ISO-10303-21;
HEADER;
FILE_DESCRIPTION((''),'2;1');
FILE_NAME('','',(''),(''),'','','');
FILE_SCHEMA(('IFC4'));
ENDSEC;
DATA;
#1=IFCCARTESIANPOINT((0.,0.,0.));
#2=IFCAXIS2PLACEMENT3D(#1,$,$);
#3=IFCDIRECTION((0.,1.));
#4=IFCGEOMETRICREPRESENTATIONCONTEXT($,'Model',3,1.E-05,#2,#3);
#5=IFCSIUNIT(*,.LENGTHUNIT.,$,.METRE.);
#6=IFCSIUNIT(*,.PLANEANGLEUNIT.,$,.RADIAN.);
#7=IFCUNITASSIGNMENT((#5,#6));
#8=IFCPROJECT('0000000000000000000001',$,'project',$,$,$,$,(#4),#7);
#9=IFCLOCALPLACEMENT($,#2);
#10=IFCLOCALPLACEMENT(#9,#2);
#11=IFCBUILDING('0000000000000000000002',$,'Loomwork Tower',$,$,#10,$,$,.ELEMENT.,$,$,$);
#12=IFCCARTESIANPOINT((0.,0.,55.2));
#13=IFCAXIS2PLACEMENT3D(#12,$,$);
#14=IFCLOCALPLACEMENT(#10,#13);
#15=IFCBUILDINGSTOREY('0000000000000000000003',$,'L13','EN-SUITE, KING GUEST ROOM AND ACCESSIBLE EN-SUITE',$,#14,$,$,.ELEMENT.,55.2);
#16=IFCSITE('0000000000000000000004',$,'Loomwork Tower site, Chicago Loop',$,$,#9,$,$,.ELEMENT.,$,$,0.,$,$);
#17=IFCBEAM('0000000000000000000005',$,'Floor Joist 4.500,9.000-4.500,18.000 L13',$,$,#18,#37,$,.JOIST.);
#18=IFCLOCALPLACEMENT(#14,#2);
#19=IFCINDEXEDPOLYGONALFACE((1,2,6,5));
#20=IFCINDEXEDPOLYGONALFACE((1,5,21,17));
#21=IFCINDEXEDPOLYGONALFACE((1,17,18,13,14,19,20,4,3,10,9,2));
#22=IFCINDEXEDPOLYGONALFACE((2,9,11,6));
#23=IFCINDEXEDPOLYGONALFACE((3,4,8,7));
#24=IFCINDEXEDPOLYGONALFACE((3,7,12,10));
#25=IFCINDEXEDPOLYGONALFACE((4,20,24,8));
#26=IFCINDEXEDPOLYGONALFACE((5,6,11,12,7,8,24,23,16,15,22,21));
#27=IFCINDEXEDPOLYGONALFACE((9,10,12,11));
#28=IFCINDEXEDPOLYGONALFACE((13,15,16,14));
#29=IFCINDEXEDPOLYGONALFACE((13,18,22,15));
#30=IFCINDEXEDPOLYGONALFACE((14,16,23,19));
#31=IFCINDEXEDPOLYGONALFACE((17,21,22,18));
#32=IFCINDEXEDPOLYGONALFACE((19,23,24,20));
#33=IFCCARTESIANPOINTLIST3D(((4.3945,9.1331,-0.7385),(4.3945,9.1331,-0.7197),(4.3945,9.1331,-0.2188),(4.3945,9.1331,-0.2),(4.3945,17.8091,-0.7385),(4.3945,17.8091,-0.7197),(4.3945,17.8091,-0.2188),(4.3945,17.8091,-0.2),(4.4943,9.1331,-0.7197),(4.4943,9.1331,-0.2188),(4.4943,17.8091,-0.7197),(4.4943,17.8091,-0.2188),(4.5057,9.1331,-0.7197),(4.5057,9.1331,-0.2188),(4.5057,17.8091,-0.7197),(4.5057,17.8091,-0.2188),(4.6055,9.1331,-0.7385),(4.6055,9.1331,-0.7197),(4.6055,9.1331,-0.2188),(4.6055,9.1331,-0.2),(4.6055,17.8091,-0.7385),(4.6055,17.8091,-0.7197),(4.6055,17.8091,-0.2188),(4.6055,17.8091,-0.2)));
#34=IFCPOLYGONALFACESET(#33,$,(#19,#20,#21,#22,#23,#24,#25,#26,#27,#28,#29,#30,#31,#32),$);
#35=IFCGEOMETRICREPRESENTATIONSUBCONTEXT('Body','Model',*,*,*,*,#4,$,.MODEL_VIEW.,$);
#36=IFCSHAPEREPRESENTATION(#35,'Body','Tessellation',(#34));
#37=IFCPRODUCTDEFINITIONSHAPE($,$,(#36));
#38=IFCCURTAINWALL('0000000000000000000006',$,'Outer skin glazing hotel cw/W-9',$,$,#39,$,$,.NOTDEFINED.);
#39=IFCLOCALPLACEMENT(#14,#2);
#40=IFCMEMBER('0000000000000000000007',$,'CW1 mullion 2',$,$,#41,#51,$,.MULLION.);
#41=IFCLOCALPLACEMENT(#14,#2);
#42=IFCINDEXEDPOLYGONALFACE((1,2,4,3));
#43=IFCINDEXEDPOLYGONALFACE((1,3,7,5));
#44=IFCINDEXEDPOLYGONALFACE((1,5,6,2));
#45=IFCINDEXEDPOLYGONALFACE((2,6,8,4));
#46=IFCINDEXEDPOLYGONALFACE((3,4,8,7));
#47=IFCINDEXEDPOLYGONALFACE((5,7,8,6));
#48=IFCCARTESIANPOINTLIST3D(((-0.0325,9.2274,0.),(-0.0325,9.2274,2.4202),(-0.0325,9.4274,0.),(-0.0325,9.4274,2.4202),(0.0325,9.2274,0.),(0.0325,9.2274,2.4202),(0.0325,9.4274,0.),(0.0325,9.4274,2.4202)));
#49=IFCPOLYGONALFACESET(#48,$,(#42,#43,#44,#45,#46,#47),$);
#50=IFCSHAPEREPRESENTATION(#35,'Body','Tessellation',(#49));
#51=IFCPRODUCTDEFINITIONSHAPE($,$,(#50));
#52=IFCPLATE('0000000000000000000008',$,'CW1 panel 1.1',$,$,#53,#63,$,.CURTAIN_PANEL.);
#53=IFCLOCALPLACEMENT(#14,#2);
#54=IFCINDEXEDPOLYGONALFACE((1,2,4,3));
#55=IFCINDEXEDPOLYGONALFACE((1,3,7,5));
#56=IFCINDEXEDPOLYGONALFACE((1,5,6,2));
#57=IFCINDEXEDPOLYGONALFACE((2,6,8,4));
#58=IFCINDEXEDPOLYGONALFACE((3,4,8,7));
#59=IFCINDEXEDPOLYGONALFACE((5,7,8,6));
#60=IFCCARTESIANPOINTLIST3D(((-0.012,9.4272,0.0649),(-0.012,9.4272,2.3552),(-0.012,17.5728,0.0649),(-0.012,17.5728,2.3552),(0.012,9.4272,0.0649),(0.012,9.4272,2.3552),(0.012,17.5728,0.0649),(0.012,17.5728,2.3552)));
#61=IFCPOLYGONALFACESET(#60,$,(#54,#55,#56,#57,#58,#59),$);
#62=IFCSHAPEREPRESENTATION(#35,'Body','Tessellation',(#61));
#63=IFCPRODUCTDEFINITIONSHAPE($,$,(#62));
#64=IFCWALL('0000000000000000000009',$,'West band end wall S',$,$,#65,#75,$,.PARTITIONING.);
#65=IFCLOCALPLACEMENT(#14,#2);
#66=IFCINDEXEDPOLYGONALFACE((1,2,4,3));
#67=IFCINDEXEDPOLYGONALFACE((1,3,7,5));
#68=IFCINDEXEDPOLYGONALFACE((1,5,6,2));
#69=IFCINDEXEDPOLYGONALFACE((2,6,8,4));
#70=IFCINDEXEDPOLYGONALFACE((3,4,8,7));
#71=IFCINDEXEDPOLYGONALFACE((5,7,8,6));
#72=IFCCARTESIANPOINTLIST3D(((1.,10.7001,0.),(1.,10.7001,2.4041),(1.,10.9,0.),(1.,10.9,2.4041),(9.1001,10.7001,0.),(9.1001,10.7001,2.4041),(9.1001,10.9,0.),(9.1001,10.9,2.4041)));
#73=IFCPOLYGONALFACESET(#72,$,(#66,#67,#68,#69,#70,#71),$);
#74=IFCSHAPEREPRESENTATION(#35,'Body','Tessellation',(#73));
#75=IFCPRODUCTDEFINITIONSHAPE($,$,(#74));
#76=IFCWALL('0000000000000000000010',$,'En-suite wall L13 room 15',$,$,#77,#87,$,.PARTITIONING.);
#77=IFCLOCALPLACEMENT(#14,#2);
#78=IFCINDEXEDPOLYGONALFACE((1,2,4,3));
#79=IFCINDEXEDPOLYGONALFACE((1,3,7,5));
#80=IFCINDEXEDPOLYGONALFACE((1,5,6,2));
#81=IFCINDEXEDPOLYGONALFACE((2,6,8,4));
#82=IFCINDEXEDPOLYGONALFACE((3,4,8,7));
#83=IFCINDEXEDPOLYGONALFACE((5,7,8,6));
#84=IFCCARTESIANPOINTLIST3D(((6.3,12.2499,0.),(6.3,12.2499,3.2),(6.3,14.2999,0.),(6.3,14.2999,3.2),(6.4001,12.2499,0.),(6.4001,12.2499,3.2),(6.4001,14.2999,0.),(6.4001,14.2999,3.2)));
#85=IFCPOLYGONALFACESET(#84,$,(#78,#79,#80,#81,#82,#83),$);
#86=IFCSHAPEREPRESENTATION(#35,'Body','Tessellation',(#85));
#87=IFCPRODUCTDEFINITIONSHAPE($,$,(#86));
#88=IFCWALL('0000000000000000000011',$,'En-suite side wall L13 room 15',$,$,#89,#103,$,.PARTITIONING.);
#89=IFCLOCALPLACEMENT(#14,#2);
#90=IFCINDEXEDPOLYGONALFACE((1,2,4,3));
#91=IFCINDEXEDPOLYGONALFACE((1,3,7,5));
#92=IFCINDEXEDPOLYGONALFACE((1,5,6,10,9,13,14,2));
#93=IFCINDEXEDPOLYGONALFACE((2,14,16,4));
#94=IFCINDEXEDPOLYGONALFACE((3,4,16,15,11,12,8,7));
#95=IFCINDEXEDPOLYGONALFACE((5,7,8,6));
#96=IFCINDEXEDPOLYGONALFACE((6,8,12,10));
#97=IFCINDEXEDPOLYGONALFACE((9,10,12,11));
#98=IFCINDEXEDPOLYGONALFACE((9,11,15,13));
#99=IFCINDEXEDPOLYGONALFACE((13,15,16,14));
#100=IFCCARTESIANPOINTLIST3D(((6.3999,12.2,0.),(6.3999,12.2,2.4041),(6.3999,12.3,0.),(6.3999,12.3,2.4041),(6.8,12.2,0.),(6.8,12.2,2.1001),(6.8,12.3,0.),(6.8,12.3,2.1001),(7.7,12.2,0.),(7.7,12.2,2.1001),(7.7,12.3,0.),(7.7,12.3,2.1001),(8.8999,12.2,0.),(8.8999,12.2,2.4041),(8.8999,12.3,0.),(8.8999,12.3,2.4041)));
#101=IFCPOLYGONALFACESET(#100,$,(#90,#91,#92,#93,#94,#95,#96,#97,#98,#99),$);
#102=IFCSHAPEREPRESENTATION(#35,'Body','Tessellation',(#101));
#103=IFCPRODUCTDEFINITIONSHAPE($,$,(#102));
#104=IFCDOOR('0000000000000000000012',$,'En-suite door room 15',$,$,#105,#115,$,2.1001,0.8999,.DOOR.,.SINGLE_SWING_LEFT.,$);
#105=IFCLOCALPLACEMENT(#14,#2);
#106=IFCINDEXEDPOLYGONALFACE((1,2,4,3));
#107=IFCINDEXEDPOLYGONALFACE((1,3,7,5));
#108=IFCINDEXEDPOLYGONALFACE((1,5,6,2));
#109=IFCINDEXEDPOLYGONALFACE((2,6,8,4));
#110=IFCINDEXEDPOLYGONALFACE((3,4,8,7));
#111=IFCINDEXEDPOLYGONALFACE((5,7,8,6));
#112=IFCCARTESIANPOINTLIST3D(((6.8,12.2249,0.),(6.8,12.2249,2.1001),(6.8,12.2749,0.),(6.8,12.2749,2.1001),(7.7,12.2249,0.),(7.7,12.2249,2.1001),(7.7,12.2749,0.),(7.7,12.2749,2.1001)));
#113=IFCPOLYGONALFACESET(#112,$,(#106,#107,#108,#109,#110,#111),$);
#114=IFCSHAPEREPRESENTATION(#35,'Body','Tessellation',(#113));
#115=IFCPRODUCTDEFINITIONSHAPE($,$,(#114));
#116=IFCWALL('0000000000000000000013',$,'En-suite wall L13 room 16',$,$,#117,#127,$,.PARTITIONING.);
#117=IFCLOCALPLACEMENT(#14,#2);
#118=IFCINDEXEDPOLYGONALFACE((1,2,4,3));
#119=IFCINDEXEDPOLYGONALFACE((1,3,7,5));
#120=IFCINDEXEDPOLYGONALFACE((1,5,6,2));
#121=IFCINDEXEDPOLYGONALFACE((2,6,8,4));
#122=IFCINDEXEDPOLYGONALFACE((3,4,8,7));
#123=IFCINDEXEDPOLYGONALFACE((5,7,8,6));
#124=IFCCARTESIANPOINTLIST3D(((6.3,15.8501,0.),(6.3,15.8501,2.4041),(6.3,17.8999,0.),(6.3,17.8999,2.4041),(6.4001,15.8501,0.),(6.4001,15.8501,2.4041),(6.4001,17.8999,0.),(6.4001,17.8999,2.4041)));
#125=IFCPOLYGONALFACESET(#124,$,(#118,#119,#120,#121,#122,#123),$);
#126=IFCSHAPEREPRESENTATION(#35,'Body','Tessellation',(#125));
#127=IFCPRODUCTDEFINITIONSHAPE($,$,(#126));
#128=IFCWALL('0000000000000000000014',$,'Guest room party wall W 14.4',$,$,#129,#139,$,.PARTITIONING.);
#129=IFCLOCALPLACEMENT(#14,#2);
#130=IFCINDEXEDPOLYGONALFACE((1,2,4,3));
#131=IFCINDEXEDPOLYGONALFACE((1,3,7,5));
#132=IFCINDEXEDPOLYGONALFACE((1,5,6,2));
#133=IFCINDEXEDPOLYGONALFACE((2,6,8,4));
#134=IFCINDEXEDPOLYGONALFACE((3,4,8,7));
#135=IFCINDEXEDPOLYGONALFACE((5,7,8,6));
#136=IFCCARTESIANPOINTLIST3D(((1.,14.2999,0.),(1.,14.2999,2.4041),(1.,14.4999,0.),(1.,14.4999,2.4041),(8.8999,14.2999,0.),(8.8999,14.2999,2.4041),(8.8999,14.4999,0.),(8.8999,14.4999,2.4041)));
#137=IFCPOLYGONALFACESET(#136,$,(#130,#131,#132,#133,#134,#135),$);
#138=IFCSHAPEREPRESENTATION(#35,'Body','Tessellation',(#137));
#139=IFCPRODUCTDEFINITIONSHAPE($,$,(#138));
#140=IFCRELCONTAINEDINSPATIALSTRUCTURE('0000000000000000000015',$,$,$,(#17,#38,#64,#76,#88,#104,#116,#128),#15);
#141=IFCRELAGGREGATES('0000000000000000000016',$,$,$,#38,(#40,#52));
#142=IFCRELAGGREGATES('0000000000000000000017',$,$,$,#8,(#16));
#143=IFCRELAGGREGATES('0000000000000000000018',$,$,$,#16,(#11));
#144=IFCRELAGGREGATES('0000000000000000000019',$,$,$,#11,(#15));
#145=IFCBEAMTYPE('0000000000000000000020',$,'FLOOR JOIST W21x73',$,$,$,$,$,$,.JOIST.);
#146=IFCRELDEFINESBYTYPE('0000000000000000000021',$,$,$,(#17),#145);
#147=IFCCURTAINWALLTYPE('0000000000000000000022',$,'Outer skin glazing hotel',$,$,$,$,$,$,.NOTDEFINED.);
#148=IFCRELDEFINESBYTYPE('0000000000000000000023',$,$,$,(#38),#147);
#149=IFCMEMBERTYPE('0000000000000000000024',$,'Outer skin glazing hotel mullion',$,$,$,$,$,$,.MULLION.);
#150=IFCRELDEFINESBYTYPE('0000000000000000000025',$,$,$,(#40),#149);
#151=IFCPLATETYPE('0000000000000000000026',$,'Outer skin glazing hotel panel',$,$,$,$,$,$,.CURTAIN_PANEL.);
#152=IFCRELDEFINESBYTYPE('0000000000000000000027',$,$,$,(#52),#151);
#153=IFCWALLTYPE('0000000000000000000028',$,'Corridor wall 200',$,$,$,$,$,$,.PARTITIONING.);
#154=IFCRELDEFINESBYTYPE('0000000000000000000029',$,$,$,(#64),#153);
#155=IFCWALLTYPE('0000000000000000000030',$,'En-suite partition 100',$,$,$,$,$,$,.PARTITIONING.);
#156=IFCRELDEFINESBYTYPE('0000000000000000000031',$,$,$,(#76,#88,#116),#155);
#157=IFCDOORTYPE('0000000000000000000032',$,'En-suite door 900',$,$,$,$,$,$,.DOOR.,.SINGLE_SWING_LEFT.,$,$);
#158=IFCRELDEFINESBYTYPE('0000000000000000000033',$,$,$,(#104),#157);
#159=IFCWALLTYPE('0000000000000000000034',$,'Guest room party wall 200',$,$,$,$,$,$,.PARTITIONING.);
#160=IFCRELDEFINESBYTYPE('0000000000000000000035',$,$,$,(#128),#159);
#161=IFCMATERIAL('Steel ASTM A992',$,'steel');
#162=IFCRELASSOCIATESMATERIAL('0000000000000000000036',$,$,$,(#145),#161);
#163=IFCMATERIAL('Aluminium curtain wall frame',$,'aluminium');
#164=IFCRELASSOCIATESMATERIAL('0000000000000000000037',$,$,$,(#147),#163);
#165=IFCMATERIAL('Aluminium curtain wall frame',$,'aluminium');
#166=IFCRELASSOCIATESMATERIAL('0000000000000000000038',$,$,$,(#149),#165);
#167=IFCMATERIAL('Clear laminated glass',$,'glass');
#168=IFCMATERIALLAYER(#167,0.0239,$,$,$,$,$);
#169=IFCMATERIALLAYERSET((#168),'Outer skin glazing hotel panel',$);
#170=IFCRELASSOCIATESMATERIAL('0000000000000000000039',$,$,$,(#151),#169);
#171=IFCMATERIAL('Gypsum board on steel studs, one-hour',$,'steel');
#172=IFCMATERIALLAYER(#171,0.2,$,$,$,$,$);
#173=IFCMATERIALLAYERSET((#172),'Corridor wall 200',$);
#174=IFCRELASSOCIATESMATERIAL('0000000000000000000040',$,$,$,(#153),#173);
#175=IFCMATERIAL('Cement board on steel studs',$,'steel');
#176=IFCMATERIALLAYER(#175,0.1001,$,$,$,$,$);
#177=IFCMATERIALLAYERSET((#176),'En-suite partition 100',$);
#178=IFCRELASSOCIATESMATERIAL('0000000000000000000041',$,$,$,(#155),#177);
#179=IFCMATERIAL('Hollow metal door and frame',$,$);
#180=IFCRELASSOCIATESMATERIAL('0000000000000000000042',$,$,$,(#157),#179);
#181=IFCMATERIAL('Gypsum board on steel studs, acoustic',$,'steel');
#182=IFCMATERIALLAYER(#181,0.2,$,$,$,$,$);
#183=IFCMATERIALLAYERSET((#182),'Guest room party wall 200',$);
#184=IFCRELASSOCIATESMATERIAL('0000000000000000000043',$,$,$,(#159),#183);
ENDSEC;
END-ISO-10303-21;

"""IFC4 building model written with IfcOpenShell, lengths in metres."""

from ifc_helpers import new_model, si_unit, direction, frame, frame_2d, origin, origin_2d, place, context, subcontext, project, spatial, rectangle, i_section, extrude, material, layer, layer_set, material_profile, profile_set, type_object, element, fill, aggregate, save


model = new_model("IFC4")

# Units and contexts
model_context = context("Model", 3, precision=1e-05, world=origin(), true_north=direction((0.0, 1.0)))
body_context = subcontext(model_context, "Body", "Model", "MODEL_VIEW")
ifc_project = project(units=[si_unit("LENGTHUNIT", "METRE"), si_unit("PLANEANGLEUNIT", "RADIAN")], contexts=[model_context])

# Site, building, storey
site_placement = place(None, origin())
site = spatial("IfcSite", under=ifc_project, at=site_placement, Name="Loomwork Tower site, Chicago Loop", CompositionType="ELEMENT", RefElevation=0.0)
building_placement = place(site_placement, origin())
building = spatial("IfcBuilding", under=site, at=building_placement, Name="Loomwork Tower", CompositionType="ELEMENT")
storey_placement = place(building_placement, frame((0.0, 0.0, 55.2)))
storey = spatial("IfcBuildingStorey", under=building, at=storey_placement, Name="L13", Description="EN-SUITE, KING GUEST ROOM AND ACCESSIBLE EN-SUITE", CompositionType="ELEMENT", Elevation=55.2)

# Beam
ifc_material_1 = material(Name="Steel ASTM A992", Category="steel")
ifc_material_profile_1 = material_profile(ifc_material_1, i_section(OverallWidth=0.2109, OverallDepth=0.5386, WebThickness=0.0115, FlangeThickness=0.0188, at=origin_2d()), Name="W21x73")
ifc_profile_set_1 = profile_set([ifc_material_profile_1], Name="Steel ASTM A992")
beam_type = type_object("IfcBeamType", Name="FLOOR JOIST W21x73", PredefinedType="JOIST", material=ifc_profile_set_1)
beam_placement = place(storey_placement, frame((4.5, 9.1331, -0.4692), z_axis=(0.0, 1.0, 0.0), x_axis=(-1.0, 0.0, 0.0)))
element("IfcBeam", 1, at=beam_placement, inside=storey, type_object=beam_type, Name="Floor Joist 4.500,9.000-4.500,18.000 L13", PredefinedType="JOIST", context=body_context, shape_type="SweptSolid", body=[
    extrude(i_section(OverallWidth=0.2109, OverallDepth=0.5386, WebThickness=0.0115, FlangeThickness=0.0188, at=origin_2d()), origin(), (0.0, 0.0, 1.0), 8.676),
])

# Curtain wall, member, plate
ifc_material_2 = material(Name="Aluminium curtain wall frame", Category="aluminium")
curtain_wall_type = type_object("IfcCurtainWallType", Name="Outer skin glazing hotel", PredefinedType="NOTDEFINED", material=ifc_material_2)
curtain_wall_placement = place(storey_placement, origin())
curtain_wall = element("IfcCurtainWall", 2, at=curtain_wall_placement, inside=storey, type_object=curtain_wall_type, Name="Outer skin glazing hotel cw/W-9", PredefinedType="NOTDEFINED")
ifc_material_3 = material(Name="Aluminium curtain wall frame", Category="aluminium")
ifc_material_profile_2 = material_profile(ifc_material_3, rectangle(XDim=0.0649, YDim=0.2, at=origin_2d()), Name="AL 65x200")
ifc_profile_set_2 = profile_set([ifc_material_profile_2], Name="Aluminium curtain wall frame")
member_type = type_object("IfcMemberType", Name="Outer skin glazing hotel mullion", PredefinedType="MULLION", material=ifc_profile_set_2)
member_placement = place(storey_placement, frame((0.0, 9.3274, 0.0), z_axis=(0.0, 0.0, 1.0), x_axis=(1.0, 0.0, 0.0)))
member = element("IfcMember", 3, at=member_placement, type_object=member_type, Name="CW1 mullion 2", PredefinedType="MULLION", context=body_context, shape_type="SweptSolid", body=[
    extrude(rectangle(XDim=0.0649, YDim=0.2, at=origin_2d()), origin(), (0.0, 0.0, 1.0), 2.4202),
])
ifc_material_4 = material(Name="Clear laminated glass", Category="glass")
ifc_layer_1 = layer(ifc_material_4, 0.0239)
ifc_layer_set_1 = layer_set([ifc_layer_1], Name="Outer skin glazing hotel panel")
plate_type = type_object("IfcPlateType", Name="Outer skin glazing hotel panel", PredefinedType="CURTAIN_PANEL", material=ifc_layer_set_1)
plate_placement = place(storey_placement, frame((0.0, 13.5, 0.0649), z_axis=(0.0, 0.0, 1.0), x_axis=(0.0, -1.0, 0.0)))
plate = element("IfcPlate", 4, at=plate_placement, type_object=plate_type, Name="CW1 panel 1.1", PredefinedType="CURTAIN_PANEL", context=body_context, shape_type="SweptSolid", body=[
    extrude(rectangle(XDim=8.1455, YDim=0.0239, at=origin_2d()), origin(), (0.0, 0.0, 1.0), 2.2903),
])
aggregate(curtain_wall, [member, plate])

# Walls
ifc_material_5 = material(Name="Gypsum board on steel studs, one-hour", Category="steel")
ifc_layer_2 = layer(ifc_material_5, 0.2)
ifc_layer_set_2 = layer_set([ifc_layer_2], Name="Corridor wall 200")
wall_type_1 = type_object("IfcWallType", Name="Corridor wall 200", PredefinedType="PARTITIONING", material=ifc_layer_set_2)
wall_1_placement = place(storey_placement, frame((1.0, 10.8, 0.0), z_axis=(0.0, 0.0, 1.0), x_axis=(1.0, 0.0, 0.0)))
element("IfcWall", 5, at=wall_1_placement, inside=storey, type_object=wall_type_1, Name="West band end wall S", PredefinedType="PARTITIONING", context=body_context, shape_type="SweptSolid", body=[
    extrude(rectangle(XDim=8.1001, YDim=0.2, at=frame_2d((4.05, 0.0))), origin(), (0.0, 0.0, 1.0), 2.4041),
])
ifc_material_6 = material(Name="Cement board on steel studs", Category="steel")
ifc_layer_3 = layer(ifc_material_6, 0.1001)
ifc_layer_set_3 = layer_set([ifc_layer_3], Name="En-suite partition 100")
wall_type_2 = type_object("IfcWallType", Name="En-suite partition 100", PredefinedType="PARTITIONING", material=ifc_layer_set_3)
wall_2_placement = place(storey_placement, frame((6.3501, 12.25, 0.0), z_axis=(0.0, 0.0, 1.0), x_axis=(0.0, 1.0, 0.0)))
element("IfcWall", 6, at=wall_2_placement, inside=storey, type_object=wall_type_2, Name="En-suite wall L13 room 15", PredefinedType="PARTITIONING", context=body_context, shape_type="SweptSolid", body=[
    extrude(rectangle(XDim=2.05, YDim=0.1001, at=frame_2d((1.0249, 0.0))), origin(), (0.0, 0.0, 1.0), 3.2),
])

# Wall, opening, door
wall_3_placement = place(storey_placement, frame((8.8999, 12.25, 0.0), z_axis=(0.0, 0.0, 1.0), x_axis=(-1.0, 0.0, 0.0)))
wall_3 = element("IfcWall", 7, at=wall_3_placement, inside=storey, type_object=wall_type_2, Name="En-suite side wall L13 room 15", PredefinedType="PARTITIONING", context=body_context, shape_type="SweptSolid", body=[
    extrude(rectangle(XDim=2.5, YDim=0.1001, at=frame_2d((1.25, 0.0))), origin(), (0.0, 0.0, 1.0), 2.4041),
])
opening_1_placement = place(wall_3_placement, frame((1.2, 0.0, 0.0)))
opening_1 = element("IfcOpeningElement", 8, at=opening_1_placement, cuts=wall_3, PredefinedType="OPENING", context=body_context, shape_type="SweptSolid", body=[
    extrude(rectangle(XDim=0.8999, YDim=2.1001, at=frame_2d((0.45, 1.05))), frame((0.0, 0.0601, 0.0), z_axis=(0.0, -1.0, 0.0), x_axis=(1.0, 0.0, 0.0)), (0.0, 0.0, 1.0), 0.1201),
])
ifc_material_7 = material(Name="Hollow metal door and frame")
door_type = type_object("IfcDoorType", Name="En-suite door 900", OperationType="SINGLE_SWING_LEFT", PredefinedType="DOOR", material=ifc_material_7)
door_placement = place(opening_1_placement, frame((0.8999, 0.0, 0.0), z_axis=(0.0, 0.0, 1.0), x_axis=(-1.0, 0.0, 0.0)))
door = element("IfcDoor", 9, at=door_placement, inside=storey, type_object=door_type, Name="En-suite door room 15", OperationType="SINGLE_SWING_LEFT", OverallHeight=2.1001, OverallWidth=0.8999, PredefinedType="DOOR", context=body_context, shape_type="SweptSolid", body=[
    extrude(rectangle(XDim=0.8999, YDim=2.1001, at=frame_2d((0.45, 1.05))), frame((0.0, 0.0249, 0.0), z_axis=(0.0, -1.0, 0.0), x_axis=(1.0, 0.0, 0.0)), (0.0, 0.0, 1.0), 0.05),
])
fill(opening_1, door)

# Walls
wall_4_placement = place(storey_placement, frame((6.3501, 15.8501, 0.0), z_axis=(0.0, 0.0, 1.0), x_axis=(0.0, 1.0, 0.0)))
element("IfcWall", 10, at=wall_4_placement, inside=storey, type_object=wall_type_2, Name="En-suite wall L13 room 16", PredefinedType="PARTITIONING", context=body_context, shape_type="SweptSolid", body=[
    extrude(rectangle(XDim=2.0498, YDim=0.1001, at=frame_2d((1.0249, 0.0))), origin(), (0.0, 0.0, 1.0), 2.4041),
])
ifc_material_8 = material(Name="Gypsum board on steel studs, acoustic", Category="steel")
ifc_layer_4 = layer(ifc_material_8, 0.2)
ifc_layer_set_4 = layer_set([ifc_layer_4], Name="Guest room party wall 200")
wall_type_3 = type_object("IfcWallType", Name="Guest room party wall 200", PredefinedType="PARTITIONING", material=ifc_layer_set_4)
wall_5_placement = place(storey_placement, frame((8.8999, 14.3999, 0.0), z_axis=(0.0, 0.0, 1.0), x_axis=(-1.0, 0.0, 0.0)))
element("IfcWall", 11, at=wall_5_placement, inside=storey, type_object=wall_type_3, Name="Guest room party wall W 14.4", PredefinedType="PARTITIONING", context=body_context, shape_type="SweptSolid", body=[
    extrude(rectangle(XDim=7.8999, YDim=0.2, at=frame_2d((3.95, 0.0))), origin(), (0.0, 0.0, 1.0), 2.4041),
])

save(model, "model.ifc")
